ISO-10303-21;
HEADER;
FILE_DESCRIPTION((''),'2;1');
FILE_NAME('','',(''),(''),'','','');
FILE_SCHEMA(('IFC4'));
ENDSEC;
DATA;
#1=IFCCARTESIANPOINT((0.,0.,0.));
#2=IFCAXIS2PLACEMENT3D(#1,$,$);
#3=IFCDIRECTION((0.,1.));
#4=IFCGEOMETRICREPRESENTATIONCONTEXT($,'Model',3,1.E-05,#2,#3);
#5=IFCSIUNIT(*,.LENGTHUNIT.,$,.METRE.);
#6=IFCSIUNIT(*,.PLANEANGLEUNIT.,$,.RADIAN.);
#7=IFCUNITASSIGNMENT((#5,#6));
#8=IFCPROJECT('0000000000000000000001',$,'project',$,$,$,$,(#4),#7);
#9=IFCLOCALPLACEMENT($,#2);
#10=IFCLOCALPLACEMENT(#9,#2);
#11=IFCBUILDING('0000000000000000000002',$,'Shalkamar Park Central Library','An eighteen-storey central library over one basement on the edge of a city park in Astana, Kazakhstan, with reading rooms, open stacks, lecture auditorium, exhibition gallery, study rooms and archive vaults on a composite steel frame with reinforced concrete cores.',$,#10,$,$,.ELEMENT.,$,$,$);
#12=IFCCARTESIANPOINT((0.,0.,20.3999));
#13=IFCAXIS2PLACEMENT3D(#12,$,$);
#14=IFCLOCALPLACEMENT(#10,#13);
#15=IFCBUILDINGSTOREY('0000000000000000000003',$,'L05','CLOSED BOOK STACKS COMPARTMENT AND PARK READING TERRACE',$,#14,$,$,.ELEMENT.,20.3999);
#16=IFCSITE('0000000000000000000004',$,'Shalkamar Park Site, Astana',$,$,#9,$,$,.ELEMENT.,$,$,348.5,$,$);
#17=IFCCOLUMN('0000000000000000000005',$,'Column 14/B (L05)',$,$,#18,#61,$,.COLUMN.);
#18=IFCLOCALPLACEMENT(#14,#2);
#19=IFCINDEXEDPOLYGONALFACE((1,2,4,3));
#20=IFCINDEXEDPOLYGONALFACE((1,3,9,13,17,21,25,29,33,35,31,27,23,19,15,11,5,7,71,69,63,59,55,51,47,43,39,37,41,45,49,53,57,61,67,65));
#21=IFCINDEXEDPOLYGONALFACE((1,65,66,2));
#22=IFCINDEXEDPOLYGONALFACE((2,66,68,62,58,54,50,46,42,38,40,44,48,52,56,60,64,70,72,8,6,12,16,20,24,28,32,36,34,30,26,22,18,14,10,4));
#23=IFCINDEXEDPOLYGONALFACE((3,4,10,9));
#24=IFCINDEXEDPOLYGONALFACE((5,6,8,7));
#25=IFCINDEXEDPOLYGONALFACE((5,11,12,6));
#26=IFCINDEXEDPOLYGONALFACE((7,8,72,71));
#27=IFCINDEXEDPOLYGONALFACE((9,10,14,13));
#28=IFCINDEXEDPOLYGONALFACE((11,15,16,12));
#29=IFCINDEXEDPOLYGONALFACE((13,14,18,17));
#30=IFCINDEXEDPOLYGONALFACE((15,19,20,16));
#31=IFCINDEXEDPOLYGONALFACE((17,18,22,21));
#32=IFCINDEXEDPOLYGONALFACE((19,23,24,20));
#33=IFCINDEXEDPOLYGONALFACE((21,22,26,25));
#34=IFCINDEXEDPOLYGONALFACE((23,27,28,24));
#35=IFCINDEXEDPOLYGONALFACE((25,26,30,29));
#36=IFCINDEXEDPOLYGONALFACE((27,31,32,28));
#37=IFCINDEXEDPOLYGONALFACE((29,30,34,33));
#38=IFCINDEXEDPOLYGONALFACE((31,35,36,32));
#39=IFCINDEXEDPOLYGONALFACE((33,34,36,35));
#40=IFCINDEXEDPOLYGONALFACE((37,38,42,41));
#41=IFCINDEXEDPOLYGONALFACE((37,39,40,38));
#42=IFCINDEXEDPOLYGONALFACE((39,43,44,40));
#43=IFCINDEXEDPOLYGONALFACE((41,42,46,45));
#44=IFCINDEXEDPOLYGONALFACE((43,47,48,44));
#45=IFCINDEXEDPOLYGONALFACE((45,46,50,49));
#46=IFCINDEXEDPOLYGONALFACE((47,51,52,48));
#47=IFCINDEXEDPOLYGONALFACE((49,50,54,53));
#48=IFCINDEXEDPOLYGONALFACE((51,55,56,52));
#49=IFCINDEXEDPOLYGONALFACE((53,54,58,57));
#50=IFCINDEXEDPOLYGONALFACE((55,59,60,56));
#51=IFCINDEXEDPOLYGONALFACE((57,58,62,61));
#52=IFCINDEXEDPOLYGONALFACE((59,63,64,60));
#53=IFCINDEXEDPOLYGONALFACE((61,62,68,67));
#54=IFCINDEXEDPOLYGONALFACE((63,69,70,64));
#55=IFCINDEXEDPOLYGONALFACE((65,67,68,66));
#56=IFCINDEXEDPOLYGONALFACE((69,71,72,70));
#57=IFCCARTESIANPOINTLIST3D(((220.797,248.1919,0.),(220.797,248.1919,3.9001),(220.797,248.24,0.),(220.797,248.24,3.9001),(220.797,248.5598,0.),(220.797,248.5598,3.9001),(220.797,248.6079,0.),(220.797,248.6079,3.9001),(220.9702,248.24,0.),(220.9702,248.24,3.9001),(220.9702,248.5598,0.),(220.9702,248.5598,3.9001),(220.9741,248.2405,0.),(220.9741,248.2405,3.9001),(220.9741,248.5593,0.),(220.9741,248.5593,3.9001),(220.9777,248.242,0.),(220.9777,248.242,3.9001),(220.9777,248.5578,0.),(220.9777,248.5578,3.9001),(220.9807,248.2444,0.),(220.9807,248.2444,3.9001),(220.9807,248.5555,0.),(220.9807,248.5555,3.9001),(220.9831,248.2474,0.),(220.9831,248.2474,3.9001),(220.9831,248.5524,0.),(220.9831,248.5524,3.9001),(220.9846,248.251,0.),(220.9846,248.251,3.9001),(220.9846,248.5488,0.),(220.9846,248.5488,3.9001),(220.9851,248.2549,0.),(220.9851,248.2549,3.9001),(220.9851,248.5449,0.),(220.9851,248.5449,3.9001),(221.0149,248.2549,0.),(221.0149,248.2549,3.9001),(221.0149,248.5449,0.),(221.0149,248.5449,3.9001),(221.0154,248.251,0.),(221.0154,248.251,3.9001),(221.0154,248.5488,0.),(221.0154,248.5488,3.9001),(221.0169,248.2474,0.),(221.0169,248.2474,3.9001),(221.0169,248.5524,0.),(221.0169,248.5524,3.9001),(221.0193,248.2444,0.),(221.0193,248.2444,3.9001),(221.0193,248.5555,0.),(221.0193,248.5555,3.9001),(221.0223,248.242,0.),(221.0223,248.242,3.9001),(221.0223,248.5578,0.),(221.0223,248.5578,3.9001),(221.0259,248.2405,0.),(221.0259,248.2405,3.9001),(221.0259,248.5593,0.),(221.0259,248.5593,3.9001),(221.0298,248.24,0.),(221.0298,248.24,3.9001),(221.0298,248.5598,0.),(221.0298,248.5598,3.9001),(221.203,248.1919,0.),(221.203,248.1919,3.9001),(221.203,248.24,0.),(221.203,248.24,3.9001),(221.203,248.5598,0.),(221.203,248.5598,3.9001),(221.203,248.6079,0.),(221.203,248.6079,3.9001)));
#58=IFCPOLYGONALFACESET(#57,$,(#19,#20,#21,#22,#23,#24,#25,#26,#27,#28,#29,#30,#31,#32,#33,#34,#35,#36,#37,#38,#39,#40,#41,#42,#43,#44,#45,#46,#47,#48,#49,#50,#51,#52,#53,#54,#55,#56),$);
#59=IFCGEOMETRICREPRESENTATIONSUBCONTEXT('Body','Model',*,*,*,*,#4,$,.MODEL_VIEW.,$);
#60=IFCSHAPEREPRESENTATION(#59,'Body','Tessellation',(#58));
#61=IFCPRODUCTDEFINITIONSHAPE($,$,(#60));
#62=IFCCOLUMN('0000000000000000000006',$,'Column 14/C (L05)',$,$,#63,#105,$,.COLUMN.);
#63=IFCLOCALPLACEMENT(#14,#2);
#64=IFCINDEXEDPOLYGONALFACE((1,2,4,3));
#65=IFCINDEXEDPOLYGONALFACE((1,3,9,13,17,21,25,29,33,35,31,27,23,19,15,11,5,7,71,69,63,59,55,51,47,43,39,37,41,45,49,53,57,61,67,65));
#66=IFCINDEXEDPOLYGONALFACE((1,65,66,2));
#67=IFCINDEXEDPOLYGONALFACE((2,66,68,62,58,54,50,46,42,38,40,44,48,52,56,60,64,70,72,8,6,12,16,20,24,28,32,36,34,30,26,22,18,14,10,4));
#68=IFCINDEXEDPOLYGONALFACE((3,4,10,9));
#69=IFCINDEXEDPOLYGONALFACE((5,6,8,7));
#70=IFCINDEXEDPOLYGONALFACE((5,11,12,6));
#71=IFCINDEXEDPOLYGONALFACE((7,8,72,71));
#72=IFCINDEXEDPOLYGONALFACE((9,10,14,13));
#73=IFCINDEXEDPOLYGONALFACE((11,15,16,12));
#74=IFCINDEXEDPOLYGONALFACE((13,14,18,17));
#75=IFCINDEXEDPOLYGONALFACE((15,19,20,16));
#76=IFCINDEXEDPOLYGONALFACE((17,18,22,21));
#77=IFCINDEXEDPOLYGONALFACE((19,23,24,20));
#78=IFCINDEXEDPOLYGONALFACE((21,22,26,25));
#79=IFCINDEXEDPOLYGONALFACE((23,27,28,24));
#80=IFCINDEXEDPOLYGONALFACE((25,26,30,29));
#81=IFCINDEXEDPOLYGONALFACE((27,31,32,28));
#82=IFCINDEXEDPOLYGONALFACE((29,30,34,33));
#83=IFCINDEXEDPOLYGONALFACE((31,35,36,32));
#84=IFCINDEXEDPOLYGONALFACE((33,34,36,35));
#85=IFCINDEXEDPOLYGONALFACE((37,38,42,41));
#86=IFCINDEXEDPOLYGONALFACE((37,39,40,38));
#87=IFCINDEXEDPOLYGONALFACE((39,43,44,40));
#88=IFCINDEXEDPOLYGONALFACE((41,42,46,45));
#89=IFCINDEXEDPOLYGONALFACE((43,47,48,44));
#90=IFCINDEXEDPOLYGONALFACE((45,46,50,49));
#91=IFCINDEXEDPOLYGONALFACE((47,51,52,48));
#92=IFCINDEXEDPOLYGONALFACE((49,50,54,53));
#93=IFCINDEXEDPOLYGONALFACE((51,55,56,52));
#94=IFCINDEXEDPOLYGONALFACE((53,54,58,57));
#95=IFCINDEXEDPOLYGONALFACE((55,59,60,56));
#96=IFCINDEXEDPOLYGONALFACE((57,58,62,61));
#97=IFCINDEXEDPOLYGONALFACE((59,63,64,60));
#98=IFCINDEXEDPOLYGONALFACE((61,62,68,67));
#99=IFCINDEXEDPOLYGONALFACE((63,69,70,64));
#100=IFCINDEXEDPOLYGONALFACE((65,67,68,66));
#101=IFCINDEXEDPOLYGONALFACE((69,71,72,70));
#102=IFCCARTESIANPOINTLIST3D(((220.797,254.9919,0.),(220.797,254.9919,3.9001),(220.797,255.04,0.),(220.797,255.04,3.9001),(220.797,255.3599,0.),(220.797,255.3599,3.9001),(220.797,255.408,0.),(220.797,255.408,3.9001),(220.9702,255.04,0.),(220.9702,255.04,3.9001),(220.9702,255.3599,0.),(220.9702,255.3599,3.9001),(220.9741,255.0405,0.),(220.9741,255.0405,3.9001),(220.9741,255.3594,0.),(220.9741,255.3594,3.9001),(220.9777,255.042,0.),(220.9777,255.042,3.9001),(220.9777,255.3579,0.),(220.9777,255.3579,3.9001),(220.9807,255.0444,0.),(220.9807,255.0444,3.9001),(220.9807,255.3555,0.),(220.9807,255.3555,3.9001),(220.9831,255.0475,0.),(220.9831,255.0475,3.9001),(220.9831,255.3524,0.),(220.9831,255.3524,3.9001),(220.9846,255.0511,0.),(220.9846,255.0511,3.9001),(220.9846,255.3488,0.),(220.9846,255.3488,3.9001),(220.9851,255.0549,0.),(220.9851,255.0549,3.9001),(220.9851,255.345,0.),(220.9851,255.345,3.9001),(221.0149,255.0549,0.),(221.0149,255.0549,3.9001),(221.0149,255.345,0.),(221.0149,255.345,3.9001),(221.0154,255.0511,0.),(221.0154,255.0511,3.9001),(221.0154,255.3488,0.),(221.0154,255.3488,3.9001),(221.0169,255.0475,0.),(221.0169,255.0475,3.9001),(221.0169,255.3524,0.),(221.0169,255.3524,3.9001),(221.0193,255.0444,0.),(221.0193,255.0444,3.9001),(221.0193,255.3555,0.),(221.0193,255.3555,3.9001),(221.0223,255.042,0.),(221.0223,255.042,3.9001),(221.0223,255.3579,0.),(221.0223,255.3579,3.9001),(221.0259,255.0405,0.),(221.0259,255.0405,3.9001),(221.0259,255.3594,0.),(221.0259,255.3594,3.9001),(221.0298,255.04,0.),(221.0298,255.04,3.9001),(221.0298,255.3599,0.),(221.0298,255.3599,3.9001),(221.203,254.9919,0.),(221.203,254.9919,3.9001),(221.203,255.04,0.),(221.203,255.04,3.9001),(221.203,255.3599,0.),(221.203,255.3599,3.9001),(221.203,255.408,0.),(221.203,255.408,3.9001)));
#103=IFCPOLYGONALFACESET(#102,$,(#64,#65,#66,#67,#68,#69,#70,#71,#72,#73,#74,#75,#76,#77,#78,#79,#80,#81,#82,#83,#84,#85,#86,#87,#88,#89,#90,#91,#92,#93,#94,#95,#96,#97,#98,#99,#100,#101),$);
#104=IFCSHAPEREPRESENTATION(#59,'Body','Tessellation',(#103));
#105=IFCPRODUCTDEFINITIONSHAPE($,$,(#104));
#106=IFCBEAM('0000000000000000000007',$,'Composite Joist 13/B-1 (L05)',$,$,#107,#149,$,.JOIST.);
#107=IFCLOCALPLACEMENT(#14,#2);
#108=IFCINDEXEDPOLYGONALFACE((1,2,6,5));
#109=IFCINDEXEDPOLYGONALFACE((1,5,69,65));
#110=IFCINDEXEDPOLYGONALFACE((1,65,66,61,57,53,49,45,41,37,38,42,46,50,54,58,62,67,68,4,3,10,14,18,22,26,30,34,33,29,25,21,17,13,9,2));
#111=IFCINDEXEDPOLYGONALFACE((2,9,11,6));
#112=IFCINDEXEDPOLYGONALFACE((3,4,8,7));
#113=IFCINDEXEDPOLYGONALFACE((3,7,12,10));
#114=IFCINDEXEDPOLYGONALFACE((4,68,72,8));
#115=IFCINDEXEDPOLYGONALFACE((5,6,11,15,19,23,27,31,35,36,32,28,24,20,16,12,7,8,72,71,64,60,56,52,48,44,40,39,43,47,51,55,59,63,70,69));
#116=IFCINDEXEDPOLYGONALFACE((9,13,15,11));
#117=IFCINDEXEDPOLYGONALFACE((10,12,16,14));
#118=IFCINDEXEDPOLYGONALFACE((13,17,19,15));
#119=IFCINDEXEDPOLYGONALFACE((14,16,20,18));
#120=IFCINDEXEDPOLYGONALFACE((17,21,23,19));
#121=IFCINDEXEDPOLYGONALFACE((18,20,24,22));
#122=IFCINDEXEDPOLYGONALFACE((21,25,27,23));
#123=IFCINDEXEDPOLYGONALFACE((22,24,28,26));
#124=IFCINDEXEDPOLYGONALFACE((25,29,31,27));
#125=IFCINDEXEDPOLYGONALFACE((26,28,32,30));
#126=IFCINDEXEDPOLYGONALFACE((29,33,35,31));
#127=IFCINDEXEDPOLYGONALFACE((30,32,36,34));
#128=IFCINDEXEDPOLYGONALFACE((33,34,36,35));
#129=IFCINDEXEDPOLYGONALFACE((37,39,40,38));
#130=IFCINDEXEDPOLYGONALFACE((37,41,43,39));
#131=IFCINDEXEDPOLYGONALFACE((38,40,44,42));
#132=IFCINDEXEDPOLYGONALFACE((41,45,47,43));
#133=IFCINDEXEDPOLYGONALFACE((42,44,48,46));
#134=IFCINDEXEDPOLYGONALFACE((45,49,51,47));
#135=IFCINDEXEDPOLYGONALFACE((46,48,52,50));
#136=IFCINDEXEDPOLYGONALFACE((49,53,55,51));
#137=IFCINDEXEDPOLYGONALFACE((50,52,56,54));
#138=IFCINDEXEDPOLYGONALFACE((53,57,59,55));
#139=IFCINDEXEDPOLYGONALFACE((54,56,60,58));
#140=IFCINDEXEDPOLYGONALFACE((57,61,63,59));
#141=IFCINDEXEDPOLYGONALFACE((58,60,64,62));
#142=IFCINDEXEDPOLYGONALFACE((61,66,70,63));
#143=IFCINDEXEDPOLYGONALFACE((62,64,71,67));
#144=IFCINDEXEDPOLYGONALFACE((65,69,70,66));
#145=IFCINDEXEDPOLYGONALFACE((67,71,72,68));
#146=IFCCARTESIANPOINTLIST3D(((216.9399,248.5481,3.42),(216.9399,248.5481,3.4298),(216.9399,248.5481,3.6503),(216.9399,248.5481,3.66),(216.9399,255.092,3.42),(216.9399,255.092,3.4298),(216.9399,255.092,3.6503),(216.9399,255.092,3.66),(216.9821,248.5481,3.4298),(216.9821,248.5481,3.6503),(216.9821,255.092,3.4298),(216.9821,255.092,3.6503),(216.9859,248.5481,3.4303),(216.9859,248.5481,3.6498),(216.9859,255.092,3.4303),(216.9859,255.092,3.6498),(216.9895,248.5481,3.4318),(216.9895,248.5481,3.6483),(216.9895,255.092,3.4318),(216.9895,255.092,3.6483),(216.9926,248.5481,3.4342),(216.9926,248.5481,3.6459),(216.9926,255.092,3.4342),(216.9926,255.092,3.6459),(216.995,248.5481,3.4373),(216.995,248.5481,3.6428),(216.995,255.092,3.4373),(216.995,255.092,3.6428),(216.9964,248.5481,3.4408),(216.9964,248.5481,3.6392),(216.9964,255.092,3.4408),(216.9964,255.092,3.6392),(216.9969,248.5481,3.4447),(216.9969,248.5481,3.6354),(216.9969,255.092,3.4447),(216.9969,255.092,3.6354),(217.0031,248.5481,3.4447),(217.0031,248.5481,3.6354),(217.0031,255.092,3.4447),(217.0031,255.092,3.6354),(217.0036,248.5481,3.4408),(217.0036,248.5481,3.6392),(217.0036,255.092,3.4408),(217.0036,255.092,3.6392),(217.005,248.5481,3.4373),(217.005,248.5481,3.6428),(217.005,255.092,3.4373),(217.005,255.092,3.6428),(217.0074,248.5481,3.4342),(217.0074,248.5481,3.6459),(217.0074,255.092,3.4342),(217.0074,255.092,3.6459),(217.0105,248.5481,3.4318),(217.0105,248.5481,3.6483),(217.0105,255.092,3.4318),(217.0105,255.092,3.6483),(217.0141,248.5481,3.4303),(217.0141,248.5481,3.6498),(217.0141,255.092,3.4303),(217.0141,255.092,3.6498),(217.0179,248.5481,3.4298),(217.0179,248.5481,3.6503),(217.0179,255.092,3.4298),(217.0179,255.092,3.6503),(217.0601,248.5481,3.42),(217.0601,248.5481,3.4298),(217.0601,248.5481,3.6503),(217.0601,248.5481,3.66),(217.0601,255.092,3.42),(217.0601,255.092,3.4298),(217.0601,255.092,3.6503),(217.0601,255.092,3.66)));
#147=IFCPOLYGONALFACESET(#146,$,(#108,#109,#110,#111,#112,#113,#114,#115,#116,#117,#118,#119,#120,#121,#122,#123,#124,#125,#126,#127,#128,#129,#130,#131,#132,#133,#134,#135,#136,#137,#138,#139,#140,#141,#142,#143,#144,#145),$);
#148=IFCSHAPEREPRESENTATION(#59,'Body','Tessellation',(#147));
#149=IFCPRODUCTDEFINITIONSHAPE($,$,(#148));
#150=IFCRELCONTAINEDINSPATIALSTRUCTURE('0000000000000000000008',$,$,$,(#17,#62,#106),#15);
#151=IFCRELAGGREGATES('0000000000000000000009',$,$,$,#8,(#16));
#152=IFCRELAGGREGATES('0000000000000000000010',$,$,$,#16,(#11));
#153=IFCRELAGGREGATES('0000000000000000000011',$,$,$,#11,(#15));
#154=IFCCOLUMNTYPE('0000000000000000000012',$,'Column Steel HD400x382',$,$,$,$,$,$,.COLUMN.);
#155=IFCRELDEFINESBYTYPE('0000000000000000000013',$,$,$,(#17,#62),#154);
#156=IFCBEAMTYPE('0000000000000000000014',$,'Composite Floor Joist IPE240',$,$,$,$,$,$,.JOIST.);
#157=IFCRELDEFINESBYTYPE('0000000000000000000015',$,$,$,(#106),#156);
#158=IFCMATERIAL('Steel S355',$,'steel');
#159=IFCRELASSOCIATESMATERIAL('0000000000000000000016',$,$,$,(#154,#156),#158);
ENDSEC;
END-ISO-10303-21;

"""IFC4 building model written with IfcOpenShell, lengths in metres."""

from ifc_helpers import new_model, si_unit, direction, frame, origin, origin_2d, place, context, subcontext, project, spatial, i_section, extrude, material, material_profile, profile_set, type_object, element, save


model = new_model("IFC4")

# Units and contexts
model_context = context("Model", 3, precision=1e-05, world=origin(), true_north=direction((0.0, 1.0)))
body_context = subcontext(model_context, "Body", "Model", "MODEL_VIEW")
ifc_project = project(units=[si_unit("LENGTHUNIT", "METRE"), si_unit("PLANEANGLEUNIT", "RADIAN")], contexts=[model_context])

# Site, building, storey
site_placement = place(None, origin())
site = spatial("IfcSite", under=ifc_project, at=site_placement, Name="Shalkamar Park Site, Astana", CompositionType="ELEMENT", RefElevation=348.5)
building_placement = place(site_placement, origin())
building = spatial("IfcBuilding", under=site, at=building_placement, Name="Shalkamar Park Central Library", Description="An eighteen-storey central library over one basement on the edge of a city park in Astana, Kazakhstan, with reading rooms, open stacks, lecture auditorium, exhibition gallery, study rooms and archive vaults on a composite steel frame with reinforced concrete cores.", CompositionType="ELEMENT")
storey_placement = place(building_placement, frame((0.0, 0.0, 20.3999)))
storey = spatial("IfcBuildingStorey", under=building, at=storey_placement, Name="L05", Description="CLOSED BOOK STACKS COMPARTMENT AND PARK READING TERRACE", CompositionType="ELEMENT", Elevation=20.3999)

# Columns
ifc_material_1 = material(Name="Steel S355", Category="steel")
ifc_material_profile_1 = material_profile(ifc_material_1, i_section(OverallWidth=0.406, OverallDepth=0.416, WebThickness=0.0298, FlangeThickness=0.0481, FilletRadius=0.0149, at=origin_2d()), Name="HD 400x382")
ifc_profile_set_1 = profile_set([ifc_material_profile_1], Name="Steel S355")
column_type = type_object("IfcColumnType", Name="Column Steel HD400x382", PredefinedType="COLUMN", material=ifc_profile_set_1)
for number, where, z_axis, x_axis, name in (
    (1, (221.0, 248.3999, 0.0), (0.0, 0.0, 1.0), (1.0, 0.0, 0.0), "Column 14/B (L05)"),
    (2, (221.0, 255.2, 0.0), (0.0, 0.0, 1.0), (1.0, 0.0, 0.0), "Column 14/C (L05)"),
):
    element("IfcColumn", number, at=place(storey_placement, frame(where, z_axis=z_axis, x_axis=x_axis)), inside=storey, type_object=column_type, Name=name, PredefinedType="COLUMN", context=body_context, shape_type="SweptSolid", body=[
        extrude(i_section(OverallWidth=0.406, OverallDepth=0.416, WebThickness=0.0298, FlangeThickness=0.0481, FilletRadius=0.0149, at=origin_2d()), origin(), (0.0, 0.0, 1.0), 3.9001),
    ])

# Beam
ifc_material_profile_2 = material_profile(ifc_material_1, i_section(OverallWidth=0.1201, OverallDepth=0.24, WebThickness=0.0061, FlangeThickness=0.0098, FilletRadius=0.0149, at=origin_2d()), Name="IPE 240")
ifc_profile_set_2 = profile_set([ifc_material_profile_2], Name="Steel S355")
beam_type_1 = type_object("IfcBeamType", Name="Composite Floor Joist IPE240", PredefinedType="JOIST", material=ifc_profile_set_2)
beam_1_placement = place(storey_placement, frame((217.0, 248.5481, 3.54), z_axis=(0.0, 1.0, 0.0), x_axis=(-1.0, 0.0, 0.0)))
element("IfcBeam", 3, at=beam_1_placement, inside=storey, type_object=beam_type_1, Name="Composite Joist 13/B-1 (L05)", PredefinedType="JOIST", context=body_context, shape_type="SweptSolid", body=[
    extrude(i_section(OverallWidth=0.1201, OverallDepth=0.24, WebThickness=0.0061, FlangeThickness=0.0098, FilletRadius=0.0149, at=origin_2d()), origin(), (0.0, 0.0, 1.0), 6.5439),
])

save(model, "model.ifc")
